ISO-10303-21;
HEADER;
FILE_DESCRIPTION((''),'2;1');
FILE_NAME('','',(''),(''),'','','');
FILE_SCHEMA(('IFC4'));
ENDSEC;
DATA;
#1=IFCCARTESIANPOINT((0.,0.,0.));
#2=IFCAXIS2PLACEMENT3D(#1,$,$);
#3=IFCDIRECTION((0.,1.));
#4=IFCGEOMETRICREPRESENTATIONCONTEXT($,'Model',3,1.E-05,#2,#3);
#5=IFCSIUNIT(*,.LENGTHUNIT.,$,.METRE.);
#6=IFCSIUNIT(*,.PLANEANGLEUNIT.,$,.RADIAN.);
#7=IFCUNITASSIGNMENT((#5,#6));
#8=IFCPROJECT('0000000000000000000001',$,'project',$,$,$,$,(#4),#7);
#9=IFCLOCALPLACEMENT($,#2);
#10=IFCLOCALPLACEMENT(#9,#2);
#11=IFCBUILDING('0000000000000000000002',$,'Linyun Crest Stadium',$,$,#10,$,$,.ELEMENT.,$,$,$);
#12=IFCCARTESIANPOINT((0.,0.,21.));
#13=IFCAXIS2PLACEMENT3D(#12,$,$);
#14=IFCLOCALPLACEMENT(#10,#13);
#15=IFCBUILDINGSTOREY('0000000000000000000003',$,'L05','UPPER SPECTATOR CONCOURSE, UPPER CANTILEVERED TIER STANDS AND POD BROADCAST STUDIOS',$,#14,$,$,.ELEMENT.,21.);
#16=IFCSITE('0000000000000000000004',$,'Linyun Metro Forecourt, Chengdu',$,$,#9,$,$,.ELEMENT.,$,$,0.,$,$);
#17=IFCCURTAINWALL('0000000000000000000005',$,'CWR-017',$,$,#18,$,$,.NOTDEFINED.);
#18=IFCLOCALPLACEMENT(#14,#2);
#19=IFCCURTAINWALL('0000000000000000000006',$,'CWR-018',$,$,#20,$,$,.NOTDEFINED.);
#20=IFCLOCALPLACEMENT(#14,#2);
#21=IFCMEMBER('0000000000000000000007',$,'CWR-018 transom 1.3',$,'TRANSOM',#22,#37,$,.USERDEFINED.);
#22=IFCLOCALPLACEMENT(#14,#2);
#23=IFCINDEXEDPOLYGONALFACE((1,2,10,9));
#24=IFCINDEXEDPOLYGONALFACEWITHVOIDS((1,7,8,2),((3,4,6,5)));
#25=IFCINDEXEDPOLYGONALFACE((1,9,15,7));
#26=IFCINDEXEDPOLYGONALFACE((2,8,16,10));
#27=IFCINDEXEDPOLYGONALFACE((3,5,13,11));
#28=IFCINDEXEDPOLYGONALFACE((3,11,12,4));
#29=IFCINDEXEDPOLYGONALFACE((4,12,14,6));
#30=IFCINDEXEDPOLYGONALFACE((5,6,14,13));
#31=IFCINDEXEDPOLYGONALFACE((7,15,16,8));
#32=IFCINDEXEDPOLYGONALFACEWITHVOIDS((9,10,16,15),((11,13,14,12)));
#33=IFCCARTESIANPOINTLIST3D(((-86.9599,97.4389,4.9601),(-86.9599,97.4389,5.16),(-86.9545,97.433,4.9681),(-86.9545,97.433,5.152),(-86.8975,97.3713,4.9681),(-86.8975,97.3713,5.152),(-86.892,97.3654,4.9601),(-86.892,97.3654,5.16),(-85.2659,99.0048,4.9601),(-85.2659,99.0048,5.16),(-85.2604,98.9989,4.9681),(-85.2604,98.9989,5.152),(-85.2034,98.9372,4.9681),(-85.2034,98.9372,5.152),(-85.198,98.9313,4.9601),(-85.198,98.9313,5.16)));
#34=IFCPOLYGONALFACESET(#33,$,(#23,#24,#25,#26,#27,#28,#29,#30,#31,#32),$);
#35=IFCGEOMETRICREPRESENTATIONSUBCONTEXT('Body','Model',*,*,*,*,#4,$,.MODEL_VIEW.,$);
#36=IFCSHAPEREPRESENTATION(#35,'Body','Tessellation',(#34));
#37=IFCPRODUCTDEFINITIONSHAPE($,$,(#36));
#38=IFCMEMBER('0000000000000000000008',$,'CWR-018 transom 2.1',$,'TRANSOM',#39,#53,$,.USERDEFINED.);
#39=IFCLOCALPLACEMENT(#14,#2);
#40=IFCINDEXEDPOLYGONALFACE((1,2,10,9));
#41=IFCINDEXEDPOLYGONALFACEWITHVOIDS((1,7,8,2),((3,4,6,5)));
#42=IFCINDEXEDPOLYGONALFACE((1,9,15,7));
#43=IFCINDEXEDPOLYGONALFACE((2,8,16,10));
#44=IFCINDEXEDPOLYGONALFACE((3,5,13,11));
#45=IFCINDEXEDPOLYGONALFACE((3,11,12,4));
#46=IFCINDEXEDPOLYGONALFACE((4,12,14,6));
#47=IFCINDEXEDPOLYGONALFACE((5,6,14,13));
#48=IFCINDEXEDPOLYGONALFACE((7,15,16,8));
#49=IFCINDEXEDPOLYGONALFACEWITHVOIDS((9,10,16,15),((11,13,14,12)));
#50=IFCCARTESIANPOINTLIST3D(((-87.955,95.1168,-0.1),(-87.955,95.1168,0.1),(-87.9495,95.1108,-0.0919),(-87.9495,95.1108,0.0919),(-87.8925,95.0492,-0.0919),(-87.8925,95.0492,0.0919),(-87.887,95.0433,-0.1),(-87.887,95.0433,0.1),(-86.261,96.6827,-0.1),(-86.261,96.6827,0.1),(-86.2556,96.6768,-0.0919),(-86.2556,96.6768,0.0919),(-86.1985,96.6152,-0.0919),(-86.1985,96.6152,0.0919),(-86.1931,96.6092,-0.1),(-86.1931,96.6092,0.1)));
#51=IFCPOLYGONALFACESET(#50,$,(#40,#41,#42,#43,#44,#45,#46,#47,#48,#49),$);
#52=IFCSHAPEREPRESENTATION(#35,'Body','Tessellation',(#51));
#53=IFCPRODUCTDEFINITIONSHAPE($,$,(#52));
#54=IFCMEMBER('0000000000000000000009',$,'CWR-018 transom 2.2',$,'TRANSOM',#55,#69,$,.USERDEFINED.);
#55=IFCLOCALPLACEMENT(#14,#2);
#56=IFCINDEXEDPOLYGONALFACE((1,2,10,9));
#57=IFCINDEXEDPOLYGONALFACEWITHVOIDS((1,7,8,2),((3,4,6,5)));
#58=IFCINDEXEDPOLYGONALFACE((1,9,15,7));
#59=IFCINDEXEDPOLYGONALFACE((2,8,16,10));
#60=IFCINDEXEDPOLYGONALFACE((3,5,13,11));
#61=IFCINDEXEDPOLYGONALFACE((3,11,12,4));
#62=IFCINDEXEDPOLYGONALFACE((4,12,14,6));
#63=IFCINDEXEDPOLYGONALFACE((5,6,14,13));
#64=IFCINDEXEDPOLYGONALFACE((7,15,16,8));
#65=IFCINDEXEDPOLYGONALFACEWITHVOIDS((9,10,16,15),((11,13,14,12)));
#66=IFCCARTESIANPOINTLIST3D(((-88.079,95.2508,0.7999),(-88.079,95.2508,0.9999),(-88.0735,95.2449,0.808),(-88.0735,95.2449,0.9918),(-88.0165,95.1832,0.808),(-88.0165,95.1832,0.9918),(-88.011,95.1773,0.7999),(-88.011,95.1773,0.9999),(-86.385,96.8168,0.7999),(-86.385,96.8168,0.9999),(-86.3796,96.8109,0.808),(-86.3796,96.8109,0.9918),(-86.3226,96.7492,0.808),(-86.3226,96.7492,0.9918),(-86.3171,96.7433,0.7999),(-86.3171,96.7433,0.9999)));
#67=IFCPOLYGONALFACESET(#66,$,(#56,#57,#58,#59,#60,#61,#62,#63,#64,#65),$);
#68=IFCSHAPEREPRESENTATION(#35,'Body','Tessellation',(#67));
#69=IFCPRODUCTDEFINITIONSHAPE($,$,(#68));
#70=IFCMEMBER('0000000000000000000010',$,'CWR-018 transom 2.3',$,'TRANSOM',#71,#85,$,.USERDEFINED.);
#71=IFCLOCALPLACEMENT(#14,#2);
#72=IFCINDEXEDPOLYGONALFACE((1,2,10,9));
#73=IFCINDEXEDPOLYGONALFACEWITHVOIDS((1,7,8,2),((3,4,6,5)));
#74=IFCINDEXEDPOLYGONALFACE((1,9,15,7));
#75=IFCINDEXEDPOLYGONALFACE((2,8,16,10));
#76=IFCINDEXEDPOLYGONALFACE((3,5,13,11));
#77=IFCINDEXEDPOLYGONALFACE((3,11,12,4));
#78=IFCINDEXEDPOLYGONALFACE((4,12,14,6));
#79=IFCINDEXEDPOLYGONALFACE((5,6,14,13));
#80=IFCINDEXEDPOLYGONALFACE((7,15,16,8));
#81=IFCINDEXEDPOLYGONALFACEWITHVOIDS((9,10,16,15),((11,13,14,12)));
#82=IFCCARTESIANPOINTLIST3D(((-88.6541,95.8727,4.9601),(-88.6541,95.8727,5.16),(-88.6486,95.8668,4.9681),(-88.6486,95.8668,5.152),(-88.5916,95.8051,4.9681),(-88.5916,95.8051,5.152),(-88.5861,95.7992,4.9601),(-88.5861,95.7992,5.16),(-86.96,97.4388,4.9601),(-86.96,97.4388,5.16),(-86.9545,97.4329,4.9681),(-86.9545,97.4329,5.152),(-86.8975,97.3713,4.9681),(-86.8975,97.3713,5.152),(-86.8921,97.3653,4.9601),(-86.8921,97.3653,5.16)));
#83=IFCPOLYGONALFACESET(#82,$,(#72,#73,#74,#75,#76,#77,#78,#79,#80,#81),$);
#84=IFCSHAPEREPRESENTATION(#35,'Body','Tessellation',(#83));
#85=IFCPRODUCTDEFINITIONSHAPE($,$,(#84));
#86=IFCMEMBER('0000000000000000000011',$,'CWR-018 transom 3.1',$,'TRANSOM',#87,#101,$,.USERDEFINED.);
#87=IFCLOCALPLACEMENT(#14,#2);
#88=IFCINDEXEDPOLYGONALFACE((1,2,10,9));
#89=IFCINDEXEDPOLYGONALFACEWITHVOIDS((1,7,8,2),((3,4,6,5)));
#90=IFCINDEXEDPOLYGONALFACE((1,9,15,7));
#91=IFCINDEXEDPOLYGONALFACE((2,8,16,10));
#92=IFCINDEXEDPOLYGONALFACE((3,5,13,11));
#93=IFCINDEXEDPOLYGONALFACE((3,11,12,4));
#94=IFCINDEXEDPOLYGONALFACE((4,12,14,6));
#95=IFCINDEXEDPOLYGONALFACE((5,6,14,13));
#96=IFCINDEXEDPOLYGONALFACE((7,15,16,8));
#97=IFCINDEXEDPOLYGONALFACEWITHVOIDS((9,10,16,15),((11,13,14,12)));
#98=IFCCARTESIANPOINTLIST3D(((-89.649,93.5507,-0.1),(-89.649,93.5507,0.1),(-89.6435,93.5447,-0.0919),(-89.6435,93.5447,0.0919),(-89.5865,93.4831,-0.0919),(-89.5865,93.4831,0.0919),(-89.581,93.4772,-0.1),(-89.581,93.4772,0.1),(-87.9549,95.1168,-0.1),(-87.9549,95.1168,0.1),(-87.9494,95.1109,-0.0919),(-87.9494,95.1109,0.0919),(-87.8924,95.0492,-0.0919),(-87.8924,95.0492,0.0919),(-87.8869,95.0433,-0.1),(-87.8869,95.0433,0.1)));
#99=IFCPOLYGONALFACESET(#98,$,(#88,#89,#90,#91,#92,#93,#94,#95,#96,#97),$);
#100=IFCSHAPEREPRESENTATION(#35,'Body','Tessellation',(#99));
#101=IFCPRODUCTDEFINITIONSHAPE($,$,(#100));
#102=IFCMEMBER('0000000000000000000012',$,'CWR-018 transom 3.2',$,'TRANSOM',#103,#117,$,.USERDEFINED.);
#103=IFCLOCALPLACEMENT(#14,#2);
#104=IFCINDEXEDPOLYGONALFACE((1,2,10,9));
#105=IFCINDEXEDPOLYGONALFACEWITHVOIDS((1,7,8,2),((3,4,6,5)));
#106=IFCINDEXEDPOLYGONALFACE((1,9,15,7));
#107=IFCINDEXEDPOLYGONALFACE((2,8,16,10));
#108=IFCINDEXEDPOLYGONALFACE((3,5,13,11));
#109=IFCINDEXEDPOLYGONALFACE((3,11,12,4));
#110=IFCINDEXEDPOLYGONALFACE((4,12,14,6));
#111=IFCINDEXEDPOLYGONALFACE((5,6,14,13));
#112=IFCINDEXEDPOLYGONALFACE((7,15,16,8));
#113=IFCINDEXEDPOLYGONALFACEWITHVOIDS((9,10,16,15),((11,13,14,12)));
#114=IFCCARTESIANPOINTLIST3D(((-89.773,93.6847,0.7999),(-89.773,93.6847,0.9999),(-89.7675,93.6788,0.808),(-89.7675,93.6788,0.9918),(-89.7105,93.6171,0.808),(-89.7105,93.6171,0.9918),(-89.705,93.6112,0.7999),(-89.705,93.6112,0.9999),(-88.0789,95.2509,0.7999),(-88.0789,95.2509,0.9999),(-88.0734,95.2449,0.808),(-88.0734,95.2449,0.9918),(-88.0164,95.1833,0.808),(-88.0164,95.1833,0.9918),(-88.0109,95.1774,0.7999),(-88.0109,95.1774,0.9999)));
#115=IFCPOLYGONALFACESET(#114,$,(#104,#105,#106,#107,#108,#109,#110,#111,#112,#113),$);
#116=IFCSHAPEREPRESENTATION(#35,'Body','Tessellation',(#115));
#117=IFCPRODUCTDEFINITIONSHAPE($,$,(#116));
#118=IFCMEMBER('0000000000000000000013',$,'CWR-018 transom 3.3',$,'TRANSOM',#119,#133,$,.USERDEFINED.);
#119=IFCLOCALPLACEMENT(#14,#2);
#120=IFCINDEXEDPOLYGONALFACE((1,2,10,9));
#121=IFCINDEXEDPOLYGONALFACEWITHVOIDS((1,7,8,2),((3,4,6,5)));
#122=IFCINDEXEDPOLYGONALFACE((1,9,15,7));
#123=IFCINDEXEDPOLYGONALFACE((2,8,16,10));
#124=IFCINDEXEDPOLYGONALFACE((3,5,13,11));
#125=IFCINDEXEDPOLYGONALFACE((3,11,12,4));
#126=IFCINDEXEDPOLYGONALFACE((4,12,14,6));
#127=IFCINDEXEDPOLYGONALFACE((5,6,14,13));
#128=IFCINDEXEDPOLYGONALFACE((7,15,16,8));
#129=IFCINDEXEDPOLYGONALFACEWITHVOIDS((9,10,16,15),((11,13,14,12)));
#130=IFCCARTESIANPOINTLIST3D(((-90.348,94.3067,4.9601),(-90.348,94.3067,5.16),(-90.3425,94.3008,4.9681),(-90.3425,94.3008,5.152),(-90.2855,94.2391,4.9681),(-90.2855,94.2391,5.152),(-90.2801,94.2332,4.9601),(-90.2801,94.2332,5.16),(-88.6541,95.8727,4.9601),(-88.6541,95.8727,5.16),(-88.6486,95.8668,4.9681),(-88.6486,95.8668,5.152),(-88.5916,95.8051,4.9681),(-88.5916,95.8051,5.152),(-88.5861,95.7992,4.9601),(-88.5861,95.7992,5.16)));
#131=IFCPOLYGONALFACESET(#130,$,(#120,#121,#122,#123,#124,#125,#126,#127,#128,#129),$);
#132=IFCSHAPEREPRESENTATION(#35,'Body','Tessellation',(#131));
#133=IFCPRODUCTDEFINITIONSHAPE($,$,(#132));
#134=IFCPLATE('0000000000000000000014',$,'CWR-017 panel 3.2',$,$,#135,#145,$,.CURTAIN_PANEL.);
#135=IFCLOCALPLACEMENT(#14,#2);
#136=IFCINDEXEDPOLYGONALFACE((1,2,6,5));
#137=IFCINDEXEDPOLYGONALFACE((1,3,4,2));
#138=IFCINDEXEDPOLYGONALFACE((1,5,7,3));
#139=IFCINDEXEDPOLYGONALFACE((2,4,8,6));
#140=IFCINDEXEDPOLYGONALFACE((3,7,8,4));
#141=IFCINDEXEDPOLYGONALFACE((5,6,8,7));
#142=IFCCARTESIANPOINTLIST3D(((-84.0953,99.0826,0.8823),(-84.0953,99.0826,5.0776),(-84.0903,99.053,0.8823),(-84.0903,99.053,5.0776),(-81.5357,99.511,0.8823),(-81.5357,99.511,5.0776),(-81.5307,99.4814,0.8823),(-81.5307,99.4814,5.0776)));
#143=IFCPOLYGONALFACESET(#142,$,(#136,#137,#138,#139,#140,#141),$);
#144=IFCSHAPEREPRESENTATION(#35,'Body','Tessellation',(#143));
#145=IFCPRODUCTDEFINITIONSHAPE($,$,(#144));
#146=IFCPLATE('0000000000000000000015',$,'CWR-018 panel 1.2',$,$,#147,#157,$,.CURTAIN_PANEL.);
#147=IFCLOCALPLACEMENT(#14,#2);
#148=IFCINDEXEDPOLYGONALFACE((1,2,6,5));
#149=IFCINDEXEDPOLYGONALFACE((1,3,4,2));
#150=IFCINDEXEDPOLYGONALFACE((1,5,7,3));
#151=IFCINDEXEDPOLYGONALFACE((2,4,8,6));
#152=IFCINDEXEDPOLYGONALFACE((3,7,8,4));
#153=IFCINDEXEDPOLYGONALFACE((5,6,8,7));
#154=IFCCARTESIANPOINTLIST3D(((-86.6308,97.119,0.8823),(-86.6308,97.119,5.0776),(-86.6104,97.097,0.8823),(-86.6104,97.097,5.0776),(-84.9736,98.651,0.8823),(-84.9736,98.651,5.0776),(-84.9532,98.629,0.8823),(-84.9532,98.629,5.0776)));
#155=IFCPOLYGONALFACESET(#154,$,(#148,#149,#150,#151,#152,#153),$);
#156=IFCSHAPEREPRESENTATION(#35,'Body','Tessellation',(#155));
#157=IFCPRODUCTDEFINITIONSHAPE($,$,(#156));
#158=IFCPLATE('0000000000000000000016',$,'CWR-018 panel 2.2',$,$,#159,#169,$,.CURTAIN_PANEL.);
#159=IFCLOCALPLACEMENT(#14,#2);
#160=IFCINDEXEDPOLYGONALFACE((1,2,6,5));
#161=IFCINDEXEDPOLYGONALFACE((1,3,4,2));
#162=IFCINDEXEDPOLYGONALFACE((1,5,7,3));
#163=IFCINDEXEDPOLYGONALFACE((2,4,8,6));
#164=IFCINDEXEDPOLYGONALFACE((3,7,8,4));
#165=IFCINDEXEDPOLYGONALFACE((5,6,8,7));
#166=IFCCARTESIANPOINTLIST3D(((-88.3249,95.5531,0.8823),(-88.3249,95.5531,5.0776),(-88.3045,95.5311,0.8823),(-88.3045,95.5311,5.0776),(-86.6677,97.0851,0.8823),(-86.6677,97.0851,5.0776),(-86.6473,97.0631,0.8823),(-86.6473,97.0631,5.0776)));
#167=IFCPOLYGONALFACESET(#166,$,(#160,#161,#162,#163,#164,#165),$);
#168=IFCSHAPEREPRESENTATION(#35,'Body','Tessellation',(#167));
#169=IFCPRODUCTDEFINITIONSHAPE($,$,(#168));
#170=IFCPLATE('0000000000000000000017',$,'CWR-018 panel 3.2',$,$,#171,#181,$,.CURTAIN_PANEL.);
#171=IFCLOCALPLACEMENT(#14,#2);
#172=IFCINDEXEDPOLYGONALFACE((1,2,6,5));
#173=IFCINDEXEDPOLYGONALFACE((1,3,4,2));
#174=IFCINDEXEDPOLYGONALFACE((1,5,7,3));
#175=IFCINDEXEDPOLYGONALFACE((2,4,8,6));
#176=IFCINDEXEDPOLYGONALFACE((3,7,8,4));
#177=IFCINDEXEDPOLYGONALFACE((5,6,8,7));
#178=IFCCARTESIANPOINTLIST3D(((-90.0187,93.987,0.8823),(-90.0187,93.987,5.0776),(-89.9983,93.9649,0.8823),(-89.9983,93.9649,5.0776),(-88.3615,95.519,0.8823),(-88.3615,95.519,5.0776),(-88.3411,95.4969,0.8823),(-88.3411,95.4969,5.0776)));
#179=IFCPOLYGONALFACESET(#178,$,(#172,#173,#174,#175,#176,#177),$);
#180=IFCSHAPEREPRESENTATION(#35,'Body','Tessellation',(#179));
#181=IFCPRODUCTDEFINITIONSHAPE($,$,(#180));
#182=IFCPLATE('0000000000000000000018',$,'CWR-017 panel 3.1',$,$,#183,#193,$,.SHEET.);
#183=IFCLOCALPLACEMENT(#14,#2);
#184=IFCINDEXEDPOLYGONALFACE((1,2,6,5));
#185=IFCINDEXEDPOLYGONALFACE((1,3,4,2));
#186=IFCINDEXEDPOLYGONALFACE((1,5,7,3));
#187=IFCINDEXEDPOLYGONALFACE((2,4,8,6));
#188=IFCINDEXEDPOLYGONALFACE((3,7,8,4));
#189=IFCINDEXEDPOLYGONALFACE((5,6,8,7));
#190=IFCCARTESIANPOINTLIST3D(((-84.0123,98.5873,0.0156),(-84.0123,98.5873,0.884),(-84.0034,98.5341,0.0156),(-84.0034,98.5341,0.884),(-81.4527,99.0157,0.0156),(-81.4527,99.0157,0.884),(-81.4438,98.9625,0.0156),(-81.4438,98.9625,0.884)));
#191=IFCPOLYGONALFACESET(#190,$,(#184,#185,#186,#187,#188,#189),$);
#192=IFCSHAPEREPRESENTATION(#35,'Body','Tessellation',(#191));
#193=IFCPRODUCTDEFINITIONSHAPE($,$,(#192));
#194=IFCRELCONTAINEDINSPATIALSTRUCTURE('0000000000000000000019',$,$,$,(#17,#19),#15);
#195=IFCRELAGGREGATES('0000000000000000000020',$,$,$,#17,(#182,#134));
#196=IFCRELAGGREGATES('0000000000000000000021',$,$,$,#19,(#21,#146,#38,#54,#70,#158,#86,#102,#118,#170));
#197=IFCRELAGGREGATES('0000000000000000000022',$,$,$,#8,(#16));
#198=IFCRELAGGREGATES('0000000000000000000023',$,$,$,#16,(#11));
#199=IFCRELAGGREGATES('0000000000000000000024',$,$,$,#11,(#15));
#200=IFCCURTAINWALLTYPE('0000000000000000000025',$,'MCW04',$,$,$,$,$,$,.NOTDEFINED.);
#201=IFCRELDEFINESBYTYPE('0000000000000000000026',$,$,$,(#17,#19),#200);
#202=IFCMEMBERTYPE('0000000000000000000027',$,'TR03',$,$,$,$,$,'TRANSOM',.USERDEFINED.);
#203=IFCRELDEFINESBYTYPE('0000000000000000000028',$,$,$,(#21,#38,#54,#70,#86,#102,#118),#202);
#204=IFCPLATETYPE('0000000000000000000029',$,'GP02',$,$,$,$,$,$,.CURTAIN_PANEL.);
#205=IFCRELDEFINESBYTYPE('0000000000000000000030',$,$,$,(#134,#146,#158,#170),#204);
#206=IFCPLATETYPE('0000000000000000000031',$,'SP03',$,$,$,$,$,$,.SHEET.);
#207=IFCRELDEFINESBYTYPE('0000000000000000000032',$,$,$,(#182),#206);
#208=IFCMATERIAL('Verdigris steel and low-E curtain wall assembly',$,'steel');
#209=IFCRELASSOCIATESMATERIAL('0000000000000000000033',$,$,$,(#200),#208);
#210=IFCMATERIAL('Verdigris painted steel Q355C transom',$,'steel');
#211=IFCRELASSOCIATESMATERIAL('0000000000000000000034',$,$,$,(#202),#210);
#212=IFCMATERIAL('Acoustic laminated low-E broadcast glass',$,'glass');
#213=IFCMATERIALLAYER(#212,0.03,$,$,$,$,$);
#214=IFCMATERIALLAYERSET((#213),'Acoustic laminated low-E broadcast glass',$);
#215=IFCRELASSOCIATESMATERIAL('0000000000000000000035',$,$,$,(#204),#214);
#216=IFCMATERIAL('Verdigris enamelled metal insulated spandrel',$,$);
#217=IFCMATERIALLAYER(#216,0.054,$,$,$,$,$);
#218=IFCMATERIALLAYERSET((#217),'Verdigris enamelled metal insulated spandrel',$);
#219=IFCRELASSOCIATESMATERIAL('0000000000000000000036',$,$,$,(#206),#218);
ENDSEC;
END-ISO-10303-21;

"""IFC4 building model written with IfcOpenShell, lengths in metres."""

from ifc_helpers import new_model, si_unit, direction, frame, origin, origin_2d, place, context, subcontext, project, spatial, rectangle, hollow_rectangle, extrude, material, layer, layer_set, material_profile, profile_set, type_object, element, aggregate, save


model = new_model("IFC4")

# Units and contexts
model_context = context("Model", 3, precision=1e-05, world=origin(), true_north=direction((0.0, 1.0)))
body_context = subcontext(model_context, "Body", "Model", "MODEL_VIEW")
ifc_project = project(units=[si_unit("LENGTHUNIT", "METRE"), si_unit("PLANEANGLEUNIT", "RADIAN")], contexts=[model_context])

# Site, building, storey
site_placement = place(None, origin())
site = spatial("IfcSite", under=ifc_project, at=site_placement, Name="Linyun Metro Forecourt, Chengdu", CompositionType="ELEMENT", RefElevation=0.0)
building_placement = place(site_placement, origin())
building = spatial("IfcBuilding", under=site, at=building_placement, Name="Linyun Crest Stadium", CompositionType="ELEMENT")
storey_placement = place(building_placement, frame((0.0, 0.0, 21.0)))
storey = spatial("IfcBuildingStorey", under=building, at=storey_placement, Name="L05", Description="UPPER SPECTATOR CONCOURSE, UPPER CANTILEVERED TIER STANDS AND POD BROADCAST STUDIOS", CompositionType="ELEMENT", Elevation=21.0)

# Curtain wall
ifc_material_1 = material(Name="Verdigris steel and low-E curtain wall assembly", Category="steel")
curtain_wall_type = type_object("IfcCurtainWallType", Name="MCW04", PredefinedType="NOTDEFINED", material=ifc_material_1)
curtain_wall_1_placement = place(storey_placement, origin())
curtain_wall_1 = element("IfcCurtainWall", 1, at=curtain_wall_1_placement, inside=storey, type_object=curtain_wall_type, Name="CWR-017", PredefinedType="NOTDEFINED")

# Curtain wall
curtain_wall_2_placement = place(storey_placement, origin())
curtain_wall_2 = element("IfcCurtainWall", 2, at=curtain_wall_2_placement, inside=storey, type_object=curtain_wall_type, Name="CWR-018", PredefinedType="NOTDEFINED")

# Members
ifc_material_2 = material(Name="Verdigris painted steel Q355C transom", Category="steel")
ifc_material_profile_1 = material_profile(ifc_material_2, hollow_rectangle(XDim=0.1001, YDim=0.2, WallThickness=0.0081, at=origin_2d()), Name="RHS 200x100x8")
ifc_profile_set_1 = profile_set([ifc_material_profile_1], Name="Verdigris painted steel Q355C transom")
member_type_1 = type_object("IfcMemberType", Name="TR03", ElementType="TRANSOM", PredefinedType="USERDEFINED", material=ifc_profile_set_1)
member_1_placement = place(storey_placement, frame((-85.2319, 98.968, 5.0601), z_axis=(-0.734341, -0.678781, 0.0), x_axis=(0.678781, -0.734341, 0.0)))
member_1 = element("IfcMember", 3, at=member_1_placement, type_object=member_type_1, Name="CWR-018 transom 1.3", ObjectType="TRANSOM", PredefinedType="USERDEFINED", context=body_context, shape_type="SweptSolid", body=[
    extrude(hollow_rectangle(XDim=0.1001, YDim=0.2, WallThickness=0.0081, at=origin_2d()), origin(), (0.0, 0.0, 1.0), 2.3069),
])
member_2_placement = place(storey_placement, frame((-86.2271, 96.646, 0.0), z_axis=(-0.734292, -0.678834, 0.0), x_axis=(0.678834, -0.734292, 0.0)))
member_2 = element("IfcMember", 4, at=member_2_placement, type_object=member_type_1, Name="CWR-018 transom 2.1", ObjectType="TRANSOM", PredefinedType="USERDEFINED", context=body_context, shape_type="SweptSolid", body=[
    extrude(hollow_rectangle(XDim=0.1001, YDim=0.2, WallThickness=0.0081, at=origin_2d()), origin(), (0.0, 0.0, 1.0), 2.3069),
])
member_3_placement = place(storey_placement, frame((-86.3511, 96.78, 0.8999), z_axis=(-0.734292, -0.678834, 0.0), x_axis=(0.678834, -0.734292, 0.0)))
member_3 = element("IfcMember", 5, at=member_3_placement, type_object=member_type_1, Name="CWR-018 transom 2.2", ObjectType="TRANSOM", PredefinedType="USERDEFINED", context=body_context, shape_type="SweptSolid", body=[
    extrude(hollow_rectangle(XDim=0.1001, YDim=0.2, WallThickness=0.0081, at=origin_2d()), origin(), (0.0, 0.0, 1.0), 2.3069),
])
member_4_placement = place(storey_placement, frame((-86.926, 97.4021, 5.0601), z_axis=(-0.734288, -0.678838, 0.0), x_axis=(0.678838, -0.734288, 0.0)))
member_4 = element("IfcMember", 6, at=member_4_placement, type_object=member_type_1, Name="CWR-018 transom 2.3", ObjectType="TRANSOM", PredefinedType="USERDEFINED", context=body_context, shape_type="SweptSolid", body=[
    extrude(hollow_rectangle(XDim=0.1001, YDim=0.2, WallThickness=0.0081, at=origin_2d()), origin(), (0.0, 0.0, 1.0), 2.3071),
])
member_5_placement = place(storey_placement, frame((-87.9209, 95.0801, 0.0), z_axis=(-0.734288, -0.678838, 0.0), x_axis=(0.678838, -0.734288, 0.0)))
member_5 = element("IfcMember", 7, at=member_5_placement, type_object=member_type_1, Name="CWR-018 transom 3.1", ObjectType="TRANSOM", PredefinedType="USERDEFINED", context=body_context, shape_type="SweptSolid", body=[
    extrude(hollow_rectangle(XDim=0.1001, YDim=0.2, WallThickness=0.0081, at=origin_2d()), origin(), (0.0, 0.0, 1.0), 2.3071),
])
member_6_placement = place(storey_placement, frame((-88.0449, 95.2141, 0.8999), z_axis=(-0.734288, -0.678838, 0.0), x_axis=(0.678838, -0.734288, 0.0)))
member_6 = element("IfcMember", 8, at=member_6_placement, type_object=member_type_1, Name="CWR-018 transom 3.2", ObjectType="TRANSOM", PredefinedType="USERDEFINED", context=body_context, shape_type="SweptSolid", body=[
    extrude(hollow_rectangle(XDim=0.1001, YDim=0.2, WallThickness=0.0081, at=origin_2d()), origin(), (0.0, 0.0, 1.0), 2.3071),
])
member_7_placement = place(storey_placement, frame((-88.6201, 95.8359, 5.0601), z_axis=(-0.734292, -0.678834, 0.0), x_axis=(0.678834, -0.734292, 0.0)))
member_7 = element("IfcMember", 9, at=member_7_placement, type_object=member_type_1, Name="CWR-018 transom 3.3", ObjectType="TRANSOM", PredefinedType="USERDEFINED", context=body_context, shape_type="SweptSolid", body=[
    extrude(hollow_rectangle(XDim=0.1001, YDim=0.2, WallThickness=0.0081, at=origin_2d()), origin(), (0.0, 0.0, 1.0), 2.3069),
])

# Plates
ifc_material_3 = material(Name="Acoustic laminated low-E broadcast glass", Category="glass")
ifc_layer_1 = layer(ifc_material_3, 0.03)
ifc_layer_set_1 = layer_set([ifc_layer_1], Name="Acoustic laminated low-E broadcast glass")
plate_type_1 = type_object("IfcPlateType", Name="GP02", PredefinedType="CURTAIN_PANEL", material=ifc_layer_set_1)
plate_1_placement = place(storey_placement, frame((-82.813, 99.282, 0.8823), z_axis=(0.0, 0.0, 1.0), x_axis=(-0.986283, -0.165065, 0.0)))
plate_1 = element("IfcPlate", 10, at=plate_1_placement, type_object=plate_type_1, Name="CWR-017 panel 3.2", PredefinedType="CURTAIN_PANEL", context=body_context, shape_type="SweptSolid", body=[
    extrude(rectangle(XDim=2.5952, YDim=0.03, at=origin_2d()), origin(), (0.0, 0.0, 1.0), 4.1953),
])
plate_2_placement = place(storey_placement, frame((-85.792, 97.874, 0.8823), z_axis=(0.0, 0.0, 1.0), x_axis=(-0.734299, -0.678826, 0.0)))
plate_2 = element("IfcPlate", 11, at=plate_2_placement, type_object=plate_type_1, Name="CWR-018 panel 1.2", PredefinedType="CURTAIN_PANEL", context=body_context, shape_type="SweptSolid", body=[
    extrude(rectangle(XDim=2.2568, YDim=0.03, at=origin_2d()), origin(), (0.0, 0.0, 1.0), 4.1953),
])
plate_3_placement = place(storey_placement, frame((-87.4861, 96.3081, 0.8823), z_axis=(0.0, 0.0, 1.0), x_axis=(-0.734299, -0.678826, 0.0)))
plate_3 = element("IfcPlate", 12, at=plate_3_placement, type_object=plate_type_1, Name="CWR-018 panel 2.2", PredefinedType="CURTAIN_PANEL", context=body_context, shape_type="SweptSolid", body=[
    extrude(rectangle(XDim=2.2568, YDim=0.03, at=origin_2d()), origin(), (0.0, 0.0, 1.0), 4.1953),
])
plate_4_placement = place(storey_placement, frame((-89.1799, 94.7419, 0.8823), z_axis=(0.0, 0.0, 1.0), x_axis=(-0.734299, -0.678826, 0.0)))
plate_4 = element("IfcPlate", 13, at=plate_4_placement, type_object=plate_type_1, Name="CWR-018 panel 3.2", PredefinedType="CURTAIN_PANEL", context=body_context, shape_type="SweptSolid", body=[
    extrude(rectangle(XDim=2.2568, YDim=0.03, at=origin_2d()), origin(), (0.0, 0.0, 1.0), 4.1953),
])
ifc_material_4 = material(Name="Verdigris enamelled metal insulated spandrel")
ifc_layer_2 = layer(ifc_material_4, 0.054)
ifc_layer_set_2 = layer_set([ifc_layer_2], Name="Verdigris enamelled metal insulated spandrel")
plate_type_2 = type_object("IfcPlateType", Name="SP03", PredefinedType="SHEET", material=ifc_layer_set_2)
plate_5_placement = place(storey_placement, frame((-82.728, 98.7749, 0.0156), z_axis=(0.0, 0.0, 1.0), x_axis=(-0.986283, -0.165065, 0.0)))
plate_5 = element("IfcPlate", 14, at=plate_5_placement, type_object=plate_type_2, Name="CWR-017 panel 3.1", PredefinedType="SHEET", context=body_context, shape_type="SweptSolid", body=[
    extrude(rectangle(XDim=2.5952, YDim=0.054, at=origin_2d()), origin(), (0.0, 0.0, 1.0), 0.8684),
])
aggregate(curtain_wall_1, [plate_5, plate_1])
aggregate(curtain_wall_2, [member_1, plate_2, member_2, member_3, member_4, plate_3, member_5, member_6, member_7, plate_4])

save(model, "model.ifc")
